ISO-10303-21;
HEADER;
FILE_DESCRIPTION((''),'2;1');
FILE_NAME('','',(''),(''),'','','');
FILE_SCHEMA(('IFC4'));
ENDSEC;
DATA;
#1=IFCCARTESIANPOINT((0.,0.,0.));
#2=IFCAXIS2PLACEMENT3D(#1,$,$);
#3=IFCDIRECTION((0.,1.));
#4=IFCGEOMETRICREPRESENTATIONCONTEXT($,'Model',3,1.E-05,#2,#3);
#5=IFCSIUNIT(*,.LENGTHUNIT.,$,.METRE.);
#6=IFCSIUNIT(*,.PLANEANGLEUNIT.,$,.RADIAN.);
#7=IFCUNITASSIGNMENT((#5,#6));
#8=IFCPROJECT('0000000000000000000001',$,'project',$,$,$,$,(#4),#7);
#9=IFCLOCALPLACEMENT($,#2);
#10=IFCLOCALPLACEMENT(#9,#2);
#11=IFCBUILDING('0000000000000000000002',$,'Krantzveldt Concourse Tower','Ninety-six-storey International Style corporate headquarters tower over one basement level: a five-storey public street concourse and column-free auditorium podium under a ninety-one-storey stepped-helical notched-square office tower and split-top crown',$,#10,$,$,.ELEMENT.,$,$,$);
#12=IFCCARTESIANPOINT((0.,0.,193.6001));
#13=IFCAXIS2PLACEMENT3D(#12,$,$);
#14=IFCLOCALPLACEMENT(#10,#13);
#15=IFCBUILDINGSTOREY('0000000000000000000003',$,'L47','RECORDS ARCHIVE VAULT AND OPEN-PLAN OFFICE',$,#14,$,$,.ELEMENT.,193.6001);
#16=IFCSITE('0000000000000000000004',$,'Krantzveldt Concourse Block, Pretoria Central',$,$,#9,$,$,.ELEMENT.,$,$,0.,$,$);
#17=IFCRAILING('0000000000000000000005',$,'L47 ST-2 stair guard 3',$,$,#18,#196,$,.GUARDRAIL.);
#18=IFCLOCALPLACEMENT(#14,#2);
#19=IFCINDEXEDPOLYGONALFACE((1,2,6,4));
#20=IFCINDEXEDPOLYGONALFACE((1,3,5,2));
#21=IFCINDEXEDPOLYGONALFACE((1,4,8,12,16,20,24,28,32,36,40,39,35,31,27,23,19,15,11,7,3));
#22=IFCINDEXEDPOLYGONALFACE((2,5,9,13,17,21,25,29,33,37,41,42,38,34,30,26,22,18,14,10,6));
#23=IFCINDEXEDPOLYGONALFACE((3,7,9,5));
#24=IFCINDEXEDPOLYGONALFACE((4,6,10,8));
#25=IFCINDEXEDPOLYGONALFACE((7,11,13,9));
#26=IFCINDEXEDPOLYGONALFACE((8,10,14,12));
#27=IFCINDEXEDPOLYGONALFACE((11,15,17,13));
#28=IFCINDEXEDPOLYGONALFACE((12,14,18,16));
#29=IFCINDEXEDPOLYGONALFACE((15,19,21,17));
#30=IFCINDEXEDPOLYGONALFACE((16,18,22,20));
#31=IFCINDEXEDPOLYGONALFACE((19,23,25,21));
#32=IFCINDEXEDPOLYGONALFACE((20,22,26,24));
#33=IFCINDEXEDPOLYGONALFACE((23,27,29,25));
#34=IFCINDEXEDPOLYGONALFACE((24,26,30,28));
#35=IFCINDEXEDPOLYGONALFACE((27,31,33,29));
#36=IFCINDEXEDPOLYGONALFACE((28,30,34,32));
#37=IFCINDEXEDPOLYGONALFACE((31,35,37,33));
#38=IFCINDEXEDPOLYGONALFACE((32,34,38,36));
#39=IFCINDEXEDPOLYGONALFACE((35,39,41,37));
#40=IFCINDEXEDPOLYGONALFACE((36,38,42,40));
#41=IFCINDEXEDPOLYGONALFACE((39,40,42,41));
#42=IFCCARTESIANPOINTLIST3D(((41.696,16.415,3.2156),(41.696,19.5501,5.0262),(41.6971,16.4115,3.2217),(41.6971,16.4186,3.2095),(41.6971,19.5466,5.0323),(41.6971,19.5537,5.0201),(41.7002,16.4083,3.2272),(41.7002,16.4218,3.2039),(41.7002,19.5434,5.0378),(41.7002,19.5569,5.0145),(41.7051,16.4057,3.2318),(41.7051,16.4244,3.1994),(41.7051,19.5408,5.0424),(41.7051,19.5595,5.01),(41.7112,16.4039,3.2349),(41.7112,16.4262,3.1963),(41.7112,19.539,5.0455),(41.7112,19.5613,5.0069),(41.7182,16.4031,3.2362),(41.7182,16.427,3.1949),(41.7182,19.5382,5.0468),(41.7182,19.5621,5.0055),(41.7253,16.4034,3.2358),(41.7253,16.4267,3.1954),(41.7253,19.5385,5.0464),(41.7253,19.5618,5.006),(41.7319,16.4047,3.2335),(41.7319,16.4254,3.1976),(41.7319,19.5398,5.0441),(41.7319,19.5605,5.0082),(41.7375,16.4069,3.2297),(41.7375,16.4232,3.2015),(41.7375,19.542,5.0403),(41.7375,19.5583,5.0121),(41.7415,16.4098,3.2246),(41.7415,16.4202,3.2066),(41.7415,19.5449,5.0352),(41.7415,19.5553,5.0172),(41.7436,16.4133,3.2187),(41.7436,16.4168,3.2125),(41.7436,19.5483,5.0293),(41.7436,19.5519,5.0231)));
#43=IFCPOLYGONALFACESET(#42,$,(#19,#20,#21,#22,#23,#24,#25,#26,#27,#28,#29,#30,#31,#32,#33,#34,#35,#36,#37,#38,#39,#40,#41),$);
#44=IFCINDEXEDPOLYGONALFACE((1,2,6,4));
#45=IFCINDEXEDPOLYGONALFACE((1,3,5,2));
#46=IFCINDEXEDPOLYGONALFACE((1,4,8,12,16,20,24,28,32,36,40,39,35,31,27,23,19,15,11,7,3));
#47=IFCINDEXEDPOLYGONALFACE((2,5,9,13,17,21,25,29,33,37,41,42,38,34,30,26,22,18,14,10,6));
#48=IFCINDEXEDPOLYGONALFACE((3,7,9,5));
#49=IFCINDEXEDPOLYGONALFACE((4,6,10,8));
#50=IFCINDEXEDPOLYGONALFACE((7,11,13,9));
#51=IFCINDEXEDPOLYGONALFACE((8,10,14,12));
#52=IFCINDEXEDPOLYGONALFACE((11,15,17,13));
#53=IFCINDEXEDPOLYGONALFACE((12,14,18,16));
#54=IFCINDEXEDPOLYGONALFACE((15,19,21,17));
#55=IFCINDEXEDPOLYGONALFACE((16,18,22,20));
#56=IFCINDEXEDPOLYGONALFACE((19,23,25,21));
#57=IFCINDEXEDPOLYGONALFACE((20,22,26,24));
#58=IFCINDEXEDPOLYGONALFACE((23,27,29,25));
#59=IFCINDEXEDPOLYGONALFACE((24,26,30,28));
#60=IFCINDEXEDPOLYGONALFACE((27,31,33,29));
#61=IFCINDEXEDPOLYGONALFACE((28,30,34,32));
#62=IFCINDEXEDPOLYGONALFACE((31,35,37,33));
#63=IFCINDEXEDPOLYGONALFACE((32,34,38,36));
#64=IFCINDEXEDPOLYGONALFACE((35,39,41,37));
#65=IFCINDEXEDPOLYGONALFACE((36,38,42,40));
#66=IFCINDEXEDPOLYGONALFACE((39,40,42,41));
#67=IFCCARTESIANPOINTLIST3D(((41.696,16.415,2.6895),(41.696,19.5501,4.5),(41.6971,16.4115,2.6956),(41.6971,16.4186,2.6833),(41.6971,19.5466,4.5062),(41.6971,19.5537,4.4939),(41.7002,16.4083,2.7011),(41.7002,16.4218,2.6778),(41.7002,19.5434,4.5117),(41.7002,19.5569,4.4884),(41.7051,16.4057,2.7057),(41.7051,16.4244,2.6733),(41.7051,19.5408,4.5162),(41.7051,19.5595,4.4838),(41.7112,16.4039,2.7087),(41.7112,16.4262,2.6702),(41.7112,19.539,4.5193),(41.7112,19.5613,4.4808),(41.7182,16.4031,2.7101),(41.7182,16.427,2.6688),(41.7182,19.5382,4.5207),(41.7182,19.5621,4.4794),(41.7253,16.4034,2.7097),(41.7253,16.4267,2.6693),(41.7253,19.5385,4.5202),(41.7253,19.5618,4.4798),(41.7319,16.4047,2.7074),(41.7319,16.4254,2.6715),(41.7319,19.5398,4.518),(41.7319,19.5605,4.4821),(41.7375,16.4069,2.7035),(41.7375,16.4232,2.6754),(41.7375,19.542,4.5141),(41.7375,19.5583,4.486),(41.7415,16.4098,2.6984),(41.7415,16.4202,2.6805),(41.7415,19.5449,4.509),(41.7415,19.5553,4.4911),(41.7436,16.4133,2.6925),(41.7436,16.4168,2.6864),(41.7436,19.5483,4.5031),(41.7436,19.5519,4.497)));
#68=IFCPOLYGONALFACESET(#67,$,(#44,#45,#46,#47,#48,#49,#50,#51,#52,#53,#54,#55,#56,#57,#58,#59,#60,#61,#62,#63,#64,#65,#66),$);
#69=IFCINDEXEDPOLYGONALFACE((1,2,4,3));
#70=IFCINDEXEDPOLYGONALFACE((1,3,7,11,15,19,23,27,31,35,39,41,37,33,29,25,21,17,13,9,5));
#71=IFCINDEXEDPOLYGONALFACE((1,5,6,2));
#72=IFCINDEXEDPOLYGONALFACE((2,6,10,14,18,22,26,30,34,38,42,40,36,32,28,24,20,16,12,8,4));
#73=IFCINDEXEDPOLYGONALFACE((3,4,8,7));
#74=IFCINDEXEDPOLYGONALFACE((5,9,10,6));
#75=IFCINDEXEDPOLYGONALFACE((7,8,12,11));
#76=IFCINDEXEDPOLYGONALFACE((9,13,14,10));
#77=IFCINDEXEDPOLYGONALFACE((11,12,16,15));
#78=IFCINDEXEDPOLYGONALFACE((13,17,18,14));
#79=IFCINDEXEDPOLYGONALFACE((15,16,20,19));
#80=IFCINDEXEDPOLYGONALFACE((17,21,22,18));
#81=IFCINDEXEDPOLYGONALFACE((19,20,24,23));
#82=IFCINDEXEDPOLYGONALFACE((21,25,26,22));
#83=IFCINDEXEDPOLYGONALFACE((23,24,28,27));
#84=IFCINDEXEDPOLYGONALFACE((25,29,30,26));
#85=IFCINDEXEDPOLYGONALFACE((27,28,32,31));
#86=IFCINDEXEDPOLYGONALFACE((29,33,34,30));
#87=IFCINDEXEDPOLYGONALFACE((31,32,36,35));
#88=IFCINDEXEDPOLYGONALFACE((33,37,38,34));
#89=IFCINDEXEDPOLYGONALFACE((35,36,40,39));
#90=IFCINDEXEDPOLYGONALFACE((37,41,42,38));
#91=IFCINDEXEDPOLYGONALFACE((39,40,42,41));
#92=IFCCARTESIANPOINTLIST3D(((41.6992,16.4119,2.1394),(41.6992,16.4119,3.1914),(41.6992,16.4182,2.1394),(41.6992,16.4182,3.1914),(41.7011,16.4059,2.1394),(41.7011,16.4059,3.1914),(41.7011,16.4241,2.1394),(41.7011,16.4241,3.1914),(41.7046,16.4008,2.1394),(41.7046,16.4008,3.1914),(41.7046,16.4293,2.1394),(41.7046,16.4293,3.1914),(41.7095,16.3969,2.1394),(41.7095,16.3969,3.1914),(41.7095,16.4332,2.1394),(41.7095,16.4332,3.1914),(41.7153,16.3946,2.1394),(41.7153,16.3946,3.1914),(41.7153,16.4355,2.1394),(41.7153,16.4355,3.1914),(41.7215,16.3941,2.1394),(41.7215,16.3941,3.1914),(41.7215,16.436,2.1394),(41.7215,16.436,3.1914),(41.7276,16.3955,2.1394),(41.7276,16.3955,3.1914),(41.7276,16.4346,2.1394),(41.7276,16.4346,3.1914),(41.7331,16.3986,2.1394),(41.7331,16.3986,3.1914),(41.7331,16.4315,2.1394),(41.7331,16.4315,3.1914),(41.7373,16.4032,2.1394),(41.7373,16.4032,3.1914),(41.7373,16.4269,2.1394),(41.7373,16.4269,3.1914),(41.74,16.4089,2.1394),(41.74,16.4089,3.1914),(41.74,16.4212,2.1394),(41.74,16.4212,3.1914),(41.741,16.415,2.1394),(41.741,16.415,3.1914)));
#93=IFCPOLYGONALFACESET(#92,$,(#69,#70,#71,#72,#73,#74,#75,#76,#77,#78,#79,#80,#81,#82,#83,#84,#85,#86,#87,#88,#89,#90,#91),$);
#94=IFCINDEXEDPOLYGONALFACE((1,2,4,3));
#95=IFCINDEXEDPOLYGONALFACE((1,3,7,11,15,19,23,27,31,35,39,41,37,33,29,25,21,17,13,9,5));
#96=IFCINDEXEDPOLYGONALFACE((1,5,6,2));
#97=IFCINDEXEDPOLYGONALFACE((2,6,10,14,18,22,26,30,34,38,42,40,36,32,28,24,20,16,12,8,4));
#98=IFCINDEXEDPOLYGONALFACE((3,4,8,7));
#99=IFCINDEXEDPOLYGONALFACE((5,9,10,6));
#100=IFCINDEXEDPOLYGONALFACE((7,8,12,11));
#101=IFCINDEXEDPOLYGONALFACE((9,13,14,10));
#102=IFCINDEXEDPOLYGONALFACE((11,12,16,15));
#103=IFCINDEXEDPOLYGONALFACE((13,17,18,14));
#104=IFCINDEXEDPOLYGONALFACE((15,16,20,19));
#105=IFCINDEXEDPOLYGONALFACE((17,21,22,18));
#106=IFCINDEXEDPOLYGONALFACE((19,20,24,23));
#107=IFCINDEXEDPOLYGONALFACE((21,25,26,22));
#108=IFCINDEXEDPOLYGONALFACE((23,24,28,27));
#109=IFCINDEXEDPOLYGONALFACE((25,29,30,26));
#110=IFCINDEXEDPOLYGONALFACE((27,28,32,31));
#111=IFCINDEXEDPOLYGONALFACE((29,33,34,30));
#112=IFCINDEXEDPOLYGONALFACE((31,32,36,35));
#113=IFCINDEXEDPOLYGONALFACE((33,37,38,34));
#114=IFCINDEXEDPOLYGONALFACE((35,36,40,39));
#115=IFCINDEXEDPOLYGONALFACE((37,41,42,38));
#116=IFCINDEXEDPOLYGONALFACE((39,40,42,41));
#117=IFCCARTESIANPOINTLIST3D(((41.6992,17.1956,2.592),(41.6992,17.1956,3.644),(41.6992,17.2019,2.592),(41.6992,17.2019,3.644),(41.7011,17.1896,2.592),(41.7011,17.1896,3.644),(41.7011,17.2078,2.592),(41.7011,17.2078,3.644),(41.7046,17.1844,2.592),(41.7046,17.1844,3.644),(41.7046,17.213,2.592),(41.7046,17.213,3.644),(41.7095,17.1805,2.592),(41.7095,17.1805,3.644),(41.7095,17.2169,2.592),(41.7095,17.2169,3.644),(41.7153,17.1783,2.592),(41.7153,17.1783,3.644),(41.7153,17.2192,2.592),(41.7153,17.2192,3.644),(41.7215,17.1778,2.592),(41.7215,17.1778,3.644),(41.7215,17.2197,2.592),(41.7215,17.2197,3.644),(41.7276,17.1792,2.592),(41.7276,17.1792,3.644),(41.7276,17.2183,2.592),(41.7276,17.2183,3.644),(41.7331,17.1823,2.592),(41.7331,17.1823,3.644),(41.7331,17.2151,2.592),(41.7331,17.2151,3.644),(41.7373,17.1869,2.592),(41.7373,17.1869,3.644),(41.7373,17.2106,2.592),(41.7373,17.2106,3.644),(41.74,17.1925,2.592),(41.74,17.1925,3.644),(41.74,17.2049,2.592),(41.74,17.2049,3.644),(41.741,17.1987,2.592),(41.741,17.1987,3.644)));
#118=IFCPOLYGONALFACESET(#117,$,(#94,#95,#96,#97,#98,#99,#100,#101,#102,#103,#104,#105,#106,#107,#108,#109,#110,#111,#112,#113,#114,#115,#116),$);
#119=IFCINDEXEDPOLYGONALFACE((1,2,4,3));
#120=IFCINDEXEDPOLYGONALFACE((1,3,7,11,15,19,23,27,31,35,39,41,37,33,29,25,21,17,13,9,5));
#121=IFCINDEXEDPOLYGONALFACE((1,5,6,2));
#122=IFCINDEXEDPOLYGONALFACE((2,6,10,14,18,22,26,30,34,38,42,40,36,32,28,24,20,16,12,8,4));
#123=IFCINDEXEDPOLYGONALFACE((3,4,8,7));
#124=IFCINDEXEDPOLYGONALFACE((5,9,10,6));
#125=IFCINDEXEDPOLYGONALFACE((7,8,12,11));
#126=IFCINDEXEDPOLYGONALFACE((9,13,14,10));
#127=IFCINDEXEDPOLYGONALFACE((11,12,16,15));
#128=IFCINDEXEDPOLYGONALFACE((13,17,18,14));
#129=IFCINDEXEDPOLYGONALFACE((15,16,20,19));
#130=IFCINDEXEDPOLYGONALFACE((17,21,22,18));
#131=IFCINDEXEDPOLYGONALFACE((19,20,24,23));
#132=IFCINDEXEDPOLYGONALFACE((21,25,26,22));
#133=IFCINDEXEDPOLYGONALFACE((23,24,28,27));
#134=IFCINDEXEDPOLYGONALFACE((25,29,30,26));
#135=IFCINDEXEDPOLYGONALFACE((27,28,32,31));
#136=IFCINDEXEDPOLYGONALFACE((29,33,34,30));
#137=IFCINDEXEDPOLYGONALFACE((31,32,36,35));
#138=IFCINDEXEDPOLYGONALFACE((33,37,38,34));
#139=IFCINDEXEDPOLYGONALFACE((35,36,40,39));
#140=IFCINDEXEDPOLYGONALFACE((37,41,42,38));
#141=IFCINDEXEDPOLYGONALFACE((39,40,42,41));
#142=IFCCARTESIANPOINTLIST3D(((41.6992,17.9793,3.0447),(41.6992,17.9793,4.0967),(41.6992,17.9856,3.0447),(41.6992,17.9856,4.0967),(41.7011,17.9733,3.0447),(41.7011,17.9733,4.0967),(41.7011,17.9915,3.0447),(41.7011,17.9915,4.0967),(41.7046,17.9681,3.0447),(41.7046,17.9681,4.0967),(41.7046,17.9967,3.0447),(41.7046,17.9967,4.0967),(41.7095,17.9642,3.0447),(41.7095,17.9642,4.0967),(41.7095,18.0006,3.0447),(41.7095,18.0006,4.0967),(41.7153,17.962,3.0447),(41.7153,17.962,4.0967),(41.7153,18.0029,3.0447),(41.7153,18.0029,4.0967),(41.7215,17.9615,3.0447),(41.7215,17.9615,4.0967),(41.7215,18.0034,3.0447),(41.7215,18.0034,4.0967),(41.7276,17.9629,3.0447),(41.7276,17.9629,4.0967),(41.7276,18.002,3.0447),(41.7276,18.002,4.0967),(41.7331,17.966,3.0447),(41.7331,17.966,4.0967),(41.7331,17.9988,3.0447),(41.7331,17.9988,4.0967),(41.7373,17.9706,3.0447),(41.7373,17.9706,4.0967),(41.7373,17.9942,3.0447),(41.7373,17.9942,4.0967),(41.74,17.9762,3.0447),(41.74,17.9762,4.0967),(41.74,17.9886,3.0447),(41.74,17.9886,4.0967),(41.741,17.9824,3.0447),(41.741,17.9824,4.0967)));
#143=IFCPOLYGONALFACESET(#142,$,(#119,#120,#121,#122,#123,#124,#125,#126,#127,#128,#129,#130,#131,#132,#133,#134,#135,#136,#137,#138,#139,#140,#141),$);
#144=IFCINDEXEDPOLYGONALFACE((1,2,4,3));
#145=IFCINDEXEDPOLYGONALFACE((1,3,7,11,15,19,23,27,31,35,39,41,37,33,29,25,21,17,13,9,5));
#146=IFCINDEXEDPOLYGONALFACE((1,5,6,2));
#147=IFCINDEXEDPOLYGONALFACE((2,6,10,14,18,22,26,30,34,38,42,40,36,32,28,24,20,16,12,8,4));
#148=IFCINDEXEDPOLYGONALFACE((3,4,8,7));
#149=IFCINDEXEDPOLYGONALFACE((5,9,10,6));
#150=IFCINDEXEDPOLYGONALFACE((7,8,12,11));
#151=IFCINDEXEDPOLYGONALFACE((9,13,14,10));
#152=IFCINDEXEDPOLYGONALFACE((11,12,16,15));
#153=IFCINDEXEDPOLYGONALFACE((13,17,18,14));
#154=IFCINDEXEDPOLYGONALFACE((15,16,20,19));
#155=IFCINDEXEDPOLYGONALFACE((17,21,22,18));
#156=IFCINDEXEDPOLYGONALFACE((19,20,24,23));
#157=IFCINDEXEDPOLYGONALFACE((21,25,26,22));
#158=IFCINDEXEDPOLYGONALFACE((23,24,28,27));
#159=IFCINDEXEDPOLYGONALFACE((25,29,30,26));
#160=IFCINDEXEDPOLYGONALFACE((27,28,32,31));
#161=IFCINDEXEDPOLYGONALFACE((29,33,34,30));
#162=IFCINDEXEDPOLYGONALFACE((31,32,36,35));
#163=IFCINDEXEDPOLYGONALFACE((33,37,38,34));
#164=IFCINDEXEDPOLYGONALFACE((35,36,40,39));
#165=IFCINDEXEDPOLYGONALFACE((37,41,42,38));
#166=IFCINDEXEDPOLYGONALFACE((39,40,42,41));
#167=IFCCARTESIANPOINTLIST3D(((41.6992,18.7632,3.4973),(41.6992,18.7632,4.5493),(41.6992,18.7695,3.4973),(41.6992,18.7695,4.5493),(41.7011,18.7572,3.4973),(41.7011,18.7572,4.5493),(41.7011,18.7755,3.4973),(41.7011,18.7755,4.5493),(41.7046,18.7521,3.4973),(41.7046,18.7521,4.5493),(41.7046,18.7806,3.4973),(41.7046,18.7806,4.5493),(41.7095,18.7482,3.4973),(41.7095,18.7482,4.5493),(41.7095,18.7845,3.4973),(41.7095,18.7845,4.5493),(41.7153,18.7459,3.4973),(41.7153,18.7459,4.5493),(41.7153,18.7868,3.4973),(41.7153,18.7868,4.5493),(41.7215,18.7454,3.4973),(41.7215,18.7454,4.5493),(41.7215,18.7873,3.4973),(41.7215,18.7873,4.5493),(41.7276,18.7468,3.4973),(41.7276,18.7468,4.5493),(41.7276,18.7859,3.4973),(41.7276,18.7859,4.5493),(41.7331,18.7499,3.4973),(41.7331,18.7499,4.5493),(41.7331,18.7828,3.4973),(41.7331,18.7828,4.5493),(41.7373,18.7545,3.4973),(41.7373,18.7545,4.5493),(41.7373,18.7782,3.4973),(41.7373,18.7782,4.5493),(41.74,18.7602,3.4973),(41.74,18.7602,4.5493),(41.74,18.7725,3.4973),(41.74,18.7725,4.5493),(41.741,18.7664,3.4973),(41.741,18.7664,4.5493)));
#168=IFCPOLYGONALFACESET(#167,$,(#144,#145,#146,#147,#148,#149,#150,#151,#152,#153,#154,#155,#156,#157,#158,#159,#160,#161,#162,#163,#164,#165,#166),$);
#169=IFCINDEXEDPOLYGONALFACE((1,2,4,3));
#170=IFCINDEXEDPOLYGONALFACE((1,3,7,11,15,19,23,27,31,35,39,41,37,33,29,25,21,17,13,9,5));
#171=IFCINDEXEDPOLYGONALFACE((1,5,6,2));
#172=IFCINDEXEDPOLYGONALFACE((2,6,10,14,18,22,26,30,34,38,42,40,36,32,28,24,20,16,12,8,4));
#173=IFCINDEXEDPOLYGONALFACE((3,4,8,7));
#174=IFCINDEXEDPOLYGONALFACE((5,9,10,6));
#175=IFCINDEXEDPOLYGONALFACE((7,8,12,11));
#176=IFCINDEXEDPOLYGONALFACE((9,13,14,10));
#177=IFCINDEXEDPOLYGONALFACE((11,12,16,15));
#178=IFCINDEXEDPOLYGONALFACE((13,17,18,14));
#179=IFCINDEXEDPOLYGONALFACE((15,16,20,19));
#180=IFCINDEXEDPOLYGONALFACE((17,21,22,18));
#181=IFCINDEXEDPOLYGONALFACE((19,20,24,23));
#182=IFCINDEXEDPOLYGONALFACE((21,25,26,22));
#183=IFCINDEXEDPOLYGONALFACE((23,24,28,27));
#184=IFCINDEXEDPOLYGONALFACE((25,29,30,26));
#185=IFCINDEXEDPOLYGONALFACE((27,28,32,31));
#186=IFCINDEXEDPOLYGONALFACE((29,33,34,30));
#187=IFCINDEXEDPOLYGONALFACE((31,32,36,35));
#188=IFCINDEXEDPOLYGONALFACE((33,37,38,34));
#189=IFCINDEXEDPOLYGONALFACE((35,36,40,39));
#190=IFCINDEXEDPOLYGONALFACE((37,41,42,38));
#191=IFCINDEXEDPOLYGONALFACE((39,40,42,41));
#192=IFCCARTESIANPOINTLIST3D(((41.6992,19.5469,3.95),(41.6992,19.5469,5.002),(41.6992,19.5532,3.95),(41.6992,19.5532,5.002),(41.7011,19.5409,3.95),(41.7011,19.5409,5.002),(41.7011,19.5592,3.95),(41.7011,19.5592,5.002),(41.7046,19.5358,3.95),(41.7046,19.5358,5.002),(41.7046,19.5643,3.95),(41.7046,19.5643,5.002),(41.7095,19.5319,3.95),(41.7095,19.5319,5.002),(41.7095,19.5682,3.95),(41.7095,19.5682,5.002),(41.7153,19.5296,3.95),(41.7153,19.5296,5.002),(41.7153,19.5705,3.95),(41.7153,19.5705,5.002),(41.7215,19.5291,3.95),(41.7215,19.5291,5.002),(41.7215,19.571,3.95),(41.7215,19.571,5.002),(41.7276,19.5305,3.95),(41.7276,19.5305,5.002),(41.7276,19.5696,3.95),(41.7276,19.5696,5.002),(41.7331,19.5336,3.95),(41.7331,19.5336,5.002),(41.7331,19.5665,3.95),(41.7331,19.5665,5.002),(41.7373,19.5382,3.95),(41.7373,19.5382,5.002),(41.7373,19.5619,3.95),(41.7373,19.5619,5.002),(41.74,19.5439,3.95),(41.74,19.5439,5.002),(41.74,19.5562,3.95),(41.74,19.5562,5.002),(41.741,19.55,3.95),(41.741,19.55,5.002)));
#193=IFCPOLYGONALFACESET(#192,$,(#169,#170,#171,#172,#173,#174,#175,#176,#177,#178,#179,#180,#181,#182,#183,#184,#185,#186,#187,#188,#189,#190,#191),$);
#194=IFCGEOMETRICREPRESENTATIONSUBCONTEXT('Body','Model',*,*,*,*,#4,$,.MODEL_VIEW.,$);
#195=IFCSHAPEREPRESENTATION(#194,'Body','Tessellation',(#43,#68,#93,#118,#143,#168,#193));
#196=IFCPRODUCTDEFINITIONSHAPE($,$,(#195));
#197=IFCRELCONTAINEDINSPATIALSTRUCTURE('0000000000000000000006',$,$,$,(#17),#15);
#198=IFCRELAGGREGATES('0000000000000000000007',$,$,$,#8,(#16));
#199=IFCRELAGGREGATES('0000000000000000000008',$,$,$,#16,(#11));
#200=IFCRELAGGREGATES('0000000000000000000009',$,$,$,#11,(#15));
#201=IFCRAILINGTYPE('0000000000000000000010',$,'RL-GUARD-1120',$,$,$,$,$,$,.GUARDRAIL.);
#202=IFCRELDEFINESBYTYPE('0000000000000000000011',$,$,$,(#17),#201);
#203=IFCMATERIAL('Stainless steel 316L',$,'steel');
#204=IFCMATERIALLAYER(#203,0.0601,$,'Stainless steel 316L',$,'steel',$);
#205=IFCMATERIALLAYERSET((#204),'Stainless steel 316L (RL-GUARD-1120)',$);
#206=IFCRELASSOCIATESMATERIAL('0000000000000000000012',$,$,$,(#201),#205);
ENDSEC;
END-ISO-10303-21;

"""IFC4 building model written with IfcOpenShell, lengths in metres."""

from ifc_helpers import new_model, si_unit, direction, frame, origin, origin_2d, place, context, subcontext, project, spatial, circle, extrude, material, layer, layer_set, type_object, element, save


model = new_model("IFC4")

# Units and contexts
model_context = context("Model", 3, precision=1e-05, world=origin(), true_north=direction((0.0, 1.0)))
body_context = subcontext(model_context, "Body", "Model", "MODEL_VIEW")
ifc_project = project(units=[si_unit("LENGTHUNIT", "METRE"), si_unit("PLANEANGLEUNIT", "RADIAN")], contexts=[model_context])

# Site, building, storey
site_placement = place(None, origin())
site = spatial("IfcSite", under=ifc_project, at=site_placement, Name="Krantzveldt Concourse Block, Pretoria Central", CompositionType="ELEMENT", RefElevation=0.0)
building_placement = place(site_placement, origin())
building = spatial("IfcBuilding", under=site, at=building_placement, Name="Krantzveldt Concourse Tower", Description="Ninety-six-storey International Style corporate headquarters tower over one basement level: a five-storey public street concourse and column-free auditorium podium under a ninety-one-storey stepped-helical notched-square office tower and split-top crown", CompositionType="ELEMENT")
storey_placement = place(building_placement, frame((0.0, 0.0, 193.6001)))
storey = spatial("IfcBuildingStorey", under=building, at=storey_placement, Name="L47", Description="RECORDS ARCHIVE VAULT AND OPEN-PLAN OFFICE", CompositionType="ELEMENT", Elevation=193.6001)

# Shared definitions
ifc_material_1 = material(Name="Stainless steel 316L", Category="steel")

# Railing
ifc_layer_1 = layer(ifc_material_1, 0.0601, Name="Stainless steel 316L", Category="steel")
ifc_layer_set_1 = layer_set([ifc_layer_1], Name="Stainless steel 316L (RL-GUARD-1120)")
railing_type_1 = type_object("IfcRailingType", Name="RL-GUARD-1120", PredefinedType="GUARDRAIL", material=ifc_layer_set_1)
railing_1_placement = place(storey_placement, frame((41.72, 16.415, 2.1394)))
element("IfcRailing", 1, at=railing_1_placement, inside=storey, type_object=railing_type_1, Name="L47 ST-2 stair guard 3", PredefinedType="GUARDRAIL", context=body_context, shape_type="SweptSolid", body=[
    extrude(circle(Radius=0.0239, at=origin_2d()), frame((0.0, 0.0, 1.0762), z_axis=(0.0, 0.86596, 0.500114), x_axis=(-1.0, 0.0, 0.0)), (0.0, 0.0, 1.0), 3.6204),
    extrude(circle(Radius=0.0239, at=origin_2d()), frame((0.0, 0.0, 0.55), z_axis=(0.0, 0.86596, 0.500114), x_axis=(-1.0, 0.0, 0.0)), (0.0, 0.0, 1.0), 3.6204),
    extrude(circle(Radius=0.021, at=origin_2d()), origin(), (0.0, 0.0, 1.0), 1.052),
    extrude(circle(Radius=0.021, at=origin_2d()), frame((0.0, 0.7837, 0.4526)), (0.0, 0.0, 1.0), 1.052),
    extrude(circle(Radius=0.021, at=origin_2d()), frame((0.0, 1.5674, 0.9053)), (0.0, 0.0, 1.0), 1.052),
    extrude(circle(Radius=0.021, at=origin_2d()), frame((0.0, 2.3513, 1.3579)), (0.0, 0.0, 1.0), 1.052),
    extrude(circle(Radius=0.021, at=origin_2d()), frame((0.0, 3.135, 1.8105)), (0.0, 0.0, 1.0), 1.052),
])

save(model, "model.ifc")
